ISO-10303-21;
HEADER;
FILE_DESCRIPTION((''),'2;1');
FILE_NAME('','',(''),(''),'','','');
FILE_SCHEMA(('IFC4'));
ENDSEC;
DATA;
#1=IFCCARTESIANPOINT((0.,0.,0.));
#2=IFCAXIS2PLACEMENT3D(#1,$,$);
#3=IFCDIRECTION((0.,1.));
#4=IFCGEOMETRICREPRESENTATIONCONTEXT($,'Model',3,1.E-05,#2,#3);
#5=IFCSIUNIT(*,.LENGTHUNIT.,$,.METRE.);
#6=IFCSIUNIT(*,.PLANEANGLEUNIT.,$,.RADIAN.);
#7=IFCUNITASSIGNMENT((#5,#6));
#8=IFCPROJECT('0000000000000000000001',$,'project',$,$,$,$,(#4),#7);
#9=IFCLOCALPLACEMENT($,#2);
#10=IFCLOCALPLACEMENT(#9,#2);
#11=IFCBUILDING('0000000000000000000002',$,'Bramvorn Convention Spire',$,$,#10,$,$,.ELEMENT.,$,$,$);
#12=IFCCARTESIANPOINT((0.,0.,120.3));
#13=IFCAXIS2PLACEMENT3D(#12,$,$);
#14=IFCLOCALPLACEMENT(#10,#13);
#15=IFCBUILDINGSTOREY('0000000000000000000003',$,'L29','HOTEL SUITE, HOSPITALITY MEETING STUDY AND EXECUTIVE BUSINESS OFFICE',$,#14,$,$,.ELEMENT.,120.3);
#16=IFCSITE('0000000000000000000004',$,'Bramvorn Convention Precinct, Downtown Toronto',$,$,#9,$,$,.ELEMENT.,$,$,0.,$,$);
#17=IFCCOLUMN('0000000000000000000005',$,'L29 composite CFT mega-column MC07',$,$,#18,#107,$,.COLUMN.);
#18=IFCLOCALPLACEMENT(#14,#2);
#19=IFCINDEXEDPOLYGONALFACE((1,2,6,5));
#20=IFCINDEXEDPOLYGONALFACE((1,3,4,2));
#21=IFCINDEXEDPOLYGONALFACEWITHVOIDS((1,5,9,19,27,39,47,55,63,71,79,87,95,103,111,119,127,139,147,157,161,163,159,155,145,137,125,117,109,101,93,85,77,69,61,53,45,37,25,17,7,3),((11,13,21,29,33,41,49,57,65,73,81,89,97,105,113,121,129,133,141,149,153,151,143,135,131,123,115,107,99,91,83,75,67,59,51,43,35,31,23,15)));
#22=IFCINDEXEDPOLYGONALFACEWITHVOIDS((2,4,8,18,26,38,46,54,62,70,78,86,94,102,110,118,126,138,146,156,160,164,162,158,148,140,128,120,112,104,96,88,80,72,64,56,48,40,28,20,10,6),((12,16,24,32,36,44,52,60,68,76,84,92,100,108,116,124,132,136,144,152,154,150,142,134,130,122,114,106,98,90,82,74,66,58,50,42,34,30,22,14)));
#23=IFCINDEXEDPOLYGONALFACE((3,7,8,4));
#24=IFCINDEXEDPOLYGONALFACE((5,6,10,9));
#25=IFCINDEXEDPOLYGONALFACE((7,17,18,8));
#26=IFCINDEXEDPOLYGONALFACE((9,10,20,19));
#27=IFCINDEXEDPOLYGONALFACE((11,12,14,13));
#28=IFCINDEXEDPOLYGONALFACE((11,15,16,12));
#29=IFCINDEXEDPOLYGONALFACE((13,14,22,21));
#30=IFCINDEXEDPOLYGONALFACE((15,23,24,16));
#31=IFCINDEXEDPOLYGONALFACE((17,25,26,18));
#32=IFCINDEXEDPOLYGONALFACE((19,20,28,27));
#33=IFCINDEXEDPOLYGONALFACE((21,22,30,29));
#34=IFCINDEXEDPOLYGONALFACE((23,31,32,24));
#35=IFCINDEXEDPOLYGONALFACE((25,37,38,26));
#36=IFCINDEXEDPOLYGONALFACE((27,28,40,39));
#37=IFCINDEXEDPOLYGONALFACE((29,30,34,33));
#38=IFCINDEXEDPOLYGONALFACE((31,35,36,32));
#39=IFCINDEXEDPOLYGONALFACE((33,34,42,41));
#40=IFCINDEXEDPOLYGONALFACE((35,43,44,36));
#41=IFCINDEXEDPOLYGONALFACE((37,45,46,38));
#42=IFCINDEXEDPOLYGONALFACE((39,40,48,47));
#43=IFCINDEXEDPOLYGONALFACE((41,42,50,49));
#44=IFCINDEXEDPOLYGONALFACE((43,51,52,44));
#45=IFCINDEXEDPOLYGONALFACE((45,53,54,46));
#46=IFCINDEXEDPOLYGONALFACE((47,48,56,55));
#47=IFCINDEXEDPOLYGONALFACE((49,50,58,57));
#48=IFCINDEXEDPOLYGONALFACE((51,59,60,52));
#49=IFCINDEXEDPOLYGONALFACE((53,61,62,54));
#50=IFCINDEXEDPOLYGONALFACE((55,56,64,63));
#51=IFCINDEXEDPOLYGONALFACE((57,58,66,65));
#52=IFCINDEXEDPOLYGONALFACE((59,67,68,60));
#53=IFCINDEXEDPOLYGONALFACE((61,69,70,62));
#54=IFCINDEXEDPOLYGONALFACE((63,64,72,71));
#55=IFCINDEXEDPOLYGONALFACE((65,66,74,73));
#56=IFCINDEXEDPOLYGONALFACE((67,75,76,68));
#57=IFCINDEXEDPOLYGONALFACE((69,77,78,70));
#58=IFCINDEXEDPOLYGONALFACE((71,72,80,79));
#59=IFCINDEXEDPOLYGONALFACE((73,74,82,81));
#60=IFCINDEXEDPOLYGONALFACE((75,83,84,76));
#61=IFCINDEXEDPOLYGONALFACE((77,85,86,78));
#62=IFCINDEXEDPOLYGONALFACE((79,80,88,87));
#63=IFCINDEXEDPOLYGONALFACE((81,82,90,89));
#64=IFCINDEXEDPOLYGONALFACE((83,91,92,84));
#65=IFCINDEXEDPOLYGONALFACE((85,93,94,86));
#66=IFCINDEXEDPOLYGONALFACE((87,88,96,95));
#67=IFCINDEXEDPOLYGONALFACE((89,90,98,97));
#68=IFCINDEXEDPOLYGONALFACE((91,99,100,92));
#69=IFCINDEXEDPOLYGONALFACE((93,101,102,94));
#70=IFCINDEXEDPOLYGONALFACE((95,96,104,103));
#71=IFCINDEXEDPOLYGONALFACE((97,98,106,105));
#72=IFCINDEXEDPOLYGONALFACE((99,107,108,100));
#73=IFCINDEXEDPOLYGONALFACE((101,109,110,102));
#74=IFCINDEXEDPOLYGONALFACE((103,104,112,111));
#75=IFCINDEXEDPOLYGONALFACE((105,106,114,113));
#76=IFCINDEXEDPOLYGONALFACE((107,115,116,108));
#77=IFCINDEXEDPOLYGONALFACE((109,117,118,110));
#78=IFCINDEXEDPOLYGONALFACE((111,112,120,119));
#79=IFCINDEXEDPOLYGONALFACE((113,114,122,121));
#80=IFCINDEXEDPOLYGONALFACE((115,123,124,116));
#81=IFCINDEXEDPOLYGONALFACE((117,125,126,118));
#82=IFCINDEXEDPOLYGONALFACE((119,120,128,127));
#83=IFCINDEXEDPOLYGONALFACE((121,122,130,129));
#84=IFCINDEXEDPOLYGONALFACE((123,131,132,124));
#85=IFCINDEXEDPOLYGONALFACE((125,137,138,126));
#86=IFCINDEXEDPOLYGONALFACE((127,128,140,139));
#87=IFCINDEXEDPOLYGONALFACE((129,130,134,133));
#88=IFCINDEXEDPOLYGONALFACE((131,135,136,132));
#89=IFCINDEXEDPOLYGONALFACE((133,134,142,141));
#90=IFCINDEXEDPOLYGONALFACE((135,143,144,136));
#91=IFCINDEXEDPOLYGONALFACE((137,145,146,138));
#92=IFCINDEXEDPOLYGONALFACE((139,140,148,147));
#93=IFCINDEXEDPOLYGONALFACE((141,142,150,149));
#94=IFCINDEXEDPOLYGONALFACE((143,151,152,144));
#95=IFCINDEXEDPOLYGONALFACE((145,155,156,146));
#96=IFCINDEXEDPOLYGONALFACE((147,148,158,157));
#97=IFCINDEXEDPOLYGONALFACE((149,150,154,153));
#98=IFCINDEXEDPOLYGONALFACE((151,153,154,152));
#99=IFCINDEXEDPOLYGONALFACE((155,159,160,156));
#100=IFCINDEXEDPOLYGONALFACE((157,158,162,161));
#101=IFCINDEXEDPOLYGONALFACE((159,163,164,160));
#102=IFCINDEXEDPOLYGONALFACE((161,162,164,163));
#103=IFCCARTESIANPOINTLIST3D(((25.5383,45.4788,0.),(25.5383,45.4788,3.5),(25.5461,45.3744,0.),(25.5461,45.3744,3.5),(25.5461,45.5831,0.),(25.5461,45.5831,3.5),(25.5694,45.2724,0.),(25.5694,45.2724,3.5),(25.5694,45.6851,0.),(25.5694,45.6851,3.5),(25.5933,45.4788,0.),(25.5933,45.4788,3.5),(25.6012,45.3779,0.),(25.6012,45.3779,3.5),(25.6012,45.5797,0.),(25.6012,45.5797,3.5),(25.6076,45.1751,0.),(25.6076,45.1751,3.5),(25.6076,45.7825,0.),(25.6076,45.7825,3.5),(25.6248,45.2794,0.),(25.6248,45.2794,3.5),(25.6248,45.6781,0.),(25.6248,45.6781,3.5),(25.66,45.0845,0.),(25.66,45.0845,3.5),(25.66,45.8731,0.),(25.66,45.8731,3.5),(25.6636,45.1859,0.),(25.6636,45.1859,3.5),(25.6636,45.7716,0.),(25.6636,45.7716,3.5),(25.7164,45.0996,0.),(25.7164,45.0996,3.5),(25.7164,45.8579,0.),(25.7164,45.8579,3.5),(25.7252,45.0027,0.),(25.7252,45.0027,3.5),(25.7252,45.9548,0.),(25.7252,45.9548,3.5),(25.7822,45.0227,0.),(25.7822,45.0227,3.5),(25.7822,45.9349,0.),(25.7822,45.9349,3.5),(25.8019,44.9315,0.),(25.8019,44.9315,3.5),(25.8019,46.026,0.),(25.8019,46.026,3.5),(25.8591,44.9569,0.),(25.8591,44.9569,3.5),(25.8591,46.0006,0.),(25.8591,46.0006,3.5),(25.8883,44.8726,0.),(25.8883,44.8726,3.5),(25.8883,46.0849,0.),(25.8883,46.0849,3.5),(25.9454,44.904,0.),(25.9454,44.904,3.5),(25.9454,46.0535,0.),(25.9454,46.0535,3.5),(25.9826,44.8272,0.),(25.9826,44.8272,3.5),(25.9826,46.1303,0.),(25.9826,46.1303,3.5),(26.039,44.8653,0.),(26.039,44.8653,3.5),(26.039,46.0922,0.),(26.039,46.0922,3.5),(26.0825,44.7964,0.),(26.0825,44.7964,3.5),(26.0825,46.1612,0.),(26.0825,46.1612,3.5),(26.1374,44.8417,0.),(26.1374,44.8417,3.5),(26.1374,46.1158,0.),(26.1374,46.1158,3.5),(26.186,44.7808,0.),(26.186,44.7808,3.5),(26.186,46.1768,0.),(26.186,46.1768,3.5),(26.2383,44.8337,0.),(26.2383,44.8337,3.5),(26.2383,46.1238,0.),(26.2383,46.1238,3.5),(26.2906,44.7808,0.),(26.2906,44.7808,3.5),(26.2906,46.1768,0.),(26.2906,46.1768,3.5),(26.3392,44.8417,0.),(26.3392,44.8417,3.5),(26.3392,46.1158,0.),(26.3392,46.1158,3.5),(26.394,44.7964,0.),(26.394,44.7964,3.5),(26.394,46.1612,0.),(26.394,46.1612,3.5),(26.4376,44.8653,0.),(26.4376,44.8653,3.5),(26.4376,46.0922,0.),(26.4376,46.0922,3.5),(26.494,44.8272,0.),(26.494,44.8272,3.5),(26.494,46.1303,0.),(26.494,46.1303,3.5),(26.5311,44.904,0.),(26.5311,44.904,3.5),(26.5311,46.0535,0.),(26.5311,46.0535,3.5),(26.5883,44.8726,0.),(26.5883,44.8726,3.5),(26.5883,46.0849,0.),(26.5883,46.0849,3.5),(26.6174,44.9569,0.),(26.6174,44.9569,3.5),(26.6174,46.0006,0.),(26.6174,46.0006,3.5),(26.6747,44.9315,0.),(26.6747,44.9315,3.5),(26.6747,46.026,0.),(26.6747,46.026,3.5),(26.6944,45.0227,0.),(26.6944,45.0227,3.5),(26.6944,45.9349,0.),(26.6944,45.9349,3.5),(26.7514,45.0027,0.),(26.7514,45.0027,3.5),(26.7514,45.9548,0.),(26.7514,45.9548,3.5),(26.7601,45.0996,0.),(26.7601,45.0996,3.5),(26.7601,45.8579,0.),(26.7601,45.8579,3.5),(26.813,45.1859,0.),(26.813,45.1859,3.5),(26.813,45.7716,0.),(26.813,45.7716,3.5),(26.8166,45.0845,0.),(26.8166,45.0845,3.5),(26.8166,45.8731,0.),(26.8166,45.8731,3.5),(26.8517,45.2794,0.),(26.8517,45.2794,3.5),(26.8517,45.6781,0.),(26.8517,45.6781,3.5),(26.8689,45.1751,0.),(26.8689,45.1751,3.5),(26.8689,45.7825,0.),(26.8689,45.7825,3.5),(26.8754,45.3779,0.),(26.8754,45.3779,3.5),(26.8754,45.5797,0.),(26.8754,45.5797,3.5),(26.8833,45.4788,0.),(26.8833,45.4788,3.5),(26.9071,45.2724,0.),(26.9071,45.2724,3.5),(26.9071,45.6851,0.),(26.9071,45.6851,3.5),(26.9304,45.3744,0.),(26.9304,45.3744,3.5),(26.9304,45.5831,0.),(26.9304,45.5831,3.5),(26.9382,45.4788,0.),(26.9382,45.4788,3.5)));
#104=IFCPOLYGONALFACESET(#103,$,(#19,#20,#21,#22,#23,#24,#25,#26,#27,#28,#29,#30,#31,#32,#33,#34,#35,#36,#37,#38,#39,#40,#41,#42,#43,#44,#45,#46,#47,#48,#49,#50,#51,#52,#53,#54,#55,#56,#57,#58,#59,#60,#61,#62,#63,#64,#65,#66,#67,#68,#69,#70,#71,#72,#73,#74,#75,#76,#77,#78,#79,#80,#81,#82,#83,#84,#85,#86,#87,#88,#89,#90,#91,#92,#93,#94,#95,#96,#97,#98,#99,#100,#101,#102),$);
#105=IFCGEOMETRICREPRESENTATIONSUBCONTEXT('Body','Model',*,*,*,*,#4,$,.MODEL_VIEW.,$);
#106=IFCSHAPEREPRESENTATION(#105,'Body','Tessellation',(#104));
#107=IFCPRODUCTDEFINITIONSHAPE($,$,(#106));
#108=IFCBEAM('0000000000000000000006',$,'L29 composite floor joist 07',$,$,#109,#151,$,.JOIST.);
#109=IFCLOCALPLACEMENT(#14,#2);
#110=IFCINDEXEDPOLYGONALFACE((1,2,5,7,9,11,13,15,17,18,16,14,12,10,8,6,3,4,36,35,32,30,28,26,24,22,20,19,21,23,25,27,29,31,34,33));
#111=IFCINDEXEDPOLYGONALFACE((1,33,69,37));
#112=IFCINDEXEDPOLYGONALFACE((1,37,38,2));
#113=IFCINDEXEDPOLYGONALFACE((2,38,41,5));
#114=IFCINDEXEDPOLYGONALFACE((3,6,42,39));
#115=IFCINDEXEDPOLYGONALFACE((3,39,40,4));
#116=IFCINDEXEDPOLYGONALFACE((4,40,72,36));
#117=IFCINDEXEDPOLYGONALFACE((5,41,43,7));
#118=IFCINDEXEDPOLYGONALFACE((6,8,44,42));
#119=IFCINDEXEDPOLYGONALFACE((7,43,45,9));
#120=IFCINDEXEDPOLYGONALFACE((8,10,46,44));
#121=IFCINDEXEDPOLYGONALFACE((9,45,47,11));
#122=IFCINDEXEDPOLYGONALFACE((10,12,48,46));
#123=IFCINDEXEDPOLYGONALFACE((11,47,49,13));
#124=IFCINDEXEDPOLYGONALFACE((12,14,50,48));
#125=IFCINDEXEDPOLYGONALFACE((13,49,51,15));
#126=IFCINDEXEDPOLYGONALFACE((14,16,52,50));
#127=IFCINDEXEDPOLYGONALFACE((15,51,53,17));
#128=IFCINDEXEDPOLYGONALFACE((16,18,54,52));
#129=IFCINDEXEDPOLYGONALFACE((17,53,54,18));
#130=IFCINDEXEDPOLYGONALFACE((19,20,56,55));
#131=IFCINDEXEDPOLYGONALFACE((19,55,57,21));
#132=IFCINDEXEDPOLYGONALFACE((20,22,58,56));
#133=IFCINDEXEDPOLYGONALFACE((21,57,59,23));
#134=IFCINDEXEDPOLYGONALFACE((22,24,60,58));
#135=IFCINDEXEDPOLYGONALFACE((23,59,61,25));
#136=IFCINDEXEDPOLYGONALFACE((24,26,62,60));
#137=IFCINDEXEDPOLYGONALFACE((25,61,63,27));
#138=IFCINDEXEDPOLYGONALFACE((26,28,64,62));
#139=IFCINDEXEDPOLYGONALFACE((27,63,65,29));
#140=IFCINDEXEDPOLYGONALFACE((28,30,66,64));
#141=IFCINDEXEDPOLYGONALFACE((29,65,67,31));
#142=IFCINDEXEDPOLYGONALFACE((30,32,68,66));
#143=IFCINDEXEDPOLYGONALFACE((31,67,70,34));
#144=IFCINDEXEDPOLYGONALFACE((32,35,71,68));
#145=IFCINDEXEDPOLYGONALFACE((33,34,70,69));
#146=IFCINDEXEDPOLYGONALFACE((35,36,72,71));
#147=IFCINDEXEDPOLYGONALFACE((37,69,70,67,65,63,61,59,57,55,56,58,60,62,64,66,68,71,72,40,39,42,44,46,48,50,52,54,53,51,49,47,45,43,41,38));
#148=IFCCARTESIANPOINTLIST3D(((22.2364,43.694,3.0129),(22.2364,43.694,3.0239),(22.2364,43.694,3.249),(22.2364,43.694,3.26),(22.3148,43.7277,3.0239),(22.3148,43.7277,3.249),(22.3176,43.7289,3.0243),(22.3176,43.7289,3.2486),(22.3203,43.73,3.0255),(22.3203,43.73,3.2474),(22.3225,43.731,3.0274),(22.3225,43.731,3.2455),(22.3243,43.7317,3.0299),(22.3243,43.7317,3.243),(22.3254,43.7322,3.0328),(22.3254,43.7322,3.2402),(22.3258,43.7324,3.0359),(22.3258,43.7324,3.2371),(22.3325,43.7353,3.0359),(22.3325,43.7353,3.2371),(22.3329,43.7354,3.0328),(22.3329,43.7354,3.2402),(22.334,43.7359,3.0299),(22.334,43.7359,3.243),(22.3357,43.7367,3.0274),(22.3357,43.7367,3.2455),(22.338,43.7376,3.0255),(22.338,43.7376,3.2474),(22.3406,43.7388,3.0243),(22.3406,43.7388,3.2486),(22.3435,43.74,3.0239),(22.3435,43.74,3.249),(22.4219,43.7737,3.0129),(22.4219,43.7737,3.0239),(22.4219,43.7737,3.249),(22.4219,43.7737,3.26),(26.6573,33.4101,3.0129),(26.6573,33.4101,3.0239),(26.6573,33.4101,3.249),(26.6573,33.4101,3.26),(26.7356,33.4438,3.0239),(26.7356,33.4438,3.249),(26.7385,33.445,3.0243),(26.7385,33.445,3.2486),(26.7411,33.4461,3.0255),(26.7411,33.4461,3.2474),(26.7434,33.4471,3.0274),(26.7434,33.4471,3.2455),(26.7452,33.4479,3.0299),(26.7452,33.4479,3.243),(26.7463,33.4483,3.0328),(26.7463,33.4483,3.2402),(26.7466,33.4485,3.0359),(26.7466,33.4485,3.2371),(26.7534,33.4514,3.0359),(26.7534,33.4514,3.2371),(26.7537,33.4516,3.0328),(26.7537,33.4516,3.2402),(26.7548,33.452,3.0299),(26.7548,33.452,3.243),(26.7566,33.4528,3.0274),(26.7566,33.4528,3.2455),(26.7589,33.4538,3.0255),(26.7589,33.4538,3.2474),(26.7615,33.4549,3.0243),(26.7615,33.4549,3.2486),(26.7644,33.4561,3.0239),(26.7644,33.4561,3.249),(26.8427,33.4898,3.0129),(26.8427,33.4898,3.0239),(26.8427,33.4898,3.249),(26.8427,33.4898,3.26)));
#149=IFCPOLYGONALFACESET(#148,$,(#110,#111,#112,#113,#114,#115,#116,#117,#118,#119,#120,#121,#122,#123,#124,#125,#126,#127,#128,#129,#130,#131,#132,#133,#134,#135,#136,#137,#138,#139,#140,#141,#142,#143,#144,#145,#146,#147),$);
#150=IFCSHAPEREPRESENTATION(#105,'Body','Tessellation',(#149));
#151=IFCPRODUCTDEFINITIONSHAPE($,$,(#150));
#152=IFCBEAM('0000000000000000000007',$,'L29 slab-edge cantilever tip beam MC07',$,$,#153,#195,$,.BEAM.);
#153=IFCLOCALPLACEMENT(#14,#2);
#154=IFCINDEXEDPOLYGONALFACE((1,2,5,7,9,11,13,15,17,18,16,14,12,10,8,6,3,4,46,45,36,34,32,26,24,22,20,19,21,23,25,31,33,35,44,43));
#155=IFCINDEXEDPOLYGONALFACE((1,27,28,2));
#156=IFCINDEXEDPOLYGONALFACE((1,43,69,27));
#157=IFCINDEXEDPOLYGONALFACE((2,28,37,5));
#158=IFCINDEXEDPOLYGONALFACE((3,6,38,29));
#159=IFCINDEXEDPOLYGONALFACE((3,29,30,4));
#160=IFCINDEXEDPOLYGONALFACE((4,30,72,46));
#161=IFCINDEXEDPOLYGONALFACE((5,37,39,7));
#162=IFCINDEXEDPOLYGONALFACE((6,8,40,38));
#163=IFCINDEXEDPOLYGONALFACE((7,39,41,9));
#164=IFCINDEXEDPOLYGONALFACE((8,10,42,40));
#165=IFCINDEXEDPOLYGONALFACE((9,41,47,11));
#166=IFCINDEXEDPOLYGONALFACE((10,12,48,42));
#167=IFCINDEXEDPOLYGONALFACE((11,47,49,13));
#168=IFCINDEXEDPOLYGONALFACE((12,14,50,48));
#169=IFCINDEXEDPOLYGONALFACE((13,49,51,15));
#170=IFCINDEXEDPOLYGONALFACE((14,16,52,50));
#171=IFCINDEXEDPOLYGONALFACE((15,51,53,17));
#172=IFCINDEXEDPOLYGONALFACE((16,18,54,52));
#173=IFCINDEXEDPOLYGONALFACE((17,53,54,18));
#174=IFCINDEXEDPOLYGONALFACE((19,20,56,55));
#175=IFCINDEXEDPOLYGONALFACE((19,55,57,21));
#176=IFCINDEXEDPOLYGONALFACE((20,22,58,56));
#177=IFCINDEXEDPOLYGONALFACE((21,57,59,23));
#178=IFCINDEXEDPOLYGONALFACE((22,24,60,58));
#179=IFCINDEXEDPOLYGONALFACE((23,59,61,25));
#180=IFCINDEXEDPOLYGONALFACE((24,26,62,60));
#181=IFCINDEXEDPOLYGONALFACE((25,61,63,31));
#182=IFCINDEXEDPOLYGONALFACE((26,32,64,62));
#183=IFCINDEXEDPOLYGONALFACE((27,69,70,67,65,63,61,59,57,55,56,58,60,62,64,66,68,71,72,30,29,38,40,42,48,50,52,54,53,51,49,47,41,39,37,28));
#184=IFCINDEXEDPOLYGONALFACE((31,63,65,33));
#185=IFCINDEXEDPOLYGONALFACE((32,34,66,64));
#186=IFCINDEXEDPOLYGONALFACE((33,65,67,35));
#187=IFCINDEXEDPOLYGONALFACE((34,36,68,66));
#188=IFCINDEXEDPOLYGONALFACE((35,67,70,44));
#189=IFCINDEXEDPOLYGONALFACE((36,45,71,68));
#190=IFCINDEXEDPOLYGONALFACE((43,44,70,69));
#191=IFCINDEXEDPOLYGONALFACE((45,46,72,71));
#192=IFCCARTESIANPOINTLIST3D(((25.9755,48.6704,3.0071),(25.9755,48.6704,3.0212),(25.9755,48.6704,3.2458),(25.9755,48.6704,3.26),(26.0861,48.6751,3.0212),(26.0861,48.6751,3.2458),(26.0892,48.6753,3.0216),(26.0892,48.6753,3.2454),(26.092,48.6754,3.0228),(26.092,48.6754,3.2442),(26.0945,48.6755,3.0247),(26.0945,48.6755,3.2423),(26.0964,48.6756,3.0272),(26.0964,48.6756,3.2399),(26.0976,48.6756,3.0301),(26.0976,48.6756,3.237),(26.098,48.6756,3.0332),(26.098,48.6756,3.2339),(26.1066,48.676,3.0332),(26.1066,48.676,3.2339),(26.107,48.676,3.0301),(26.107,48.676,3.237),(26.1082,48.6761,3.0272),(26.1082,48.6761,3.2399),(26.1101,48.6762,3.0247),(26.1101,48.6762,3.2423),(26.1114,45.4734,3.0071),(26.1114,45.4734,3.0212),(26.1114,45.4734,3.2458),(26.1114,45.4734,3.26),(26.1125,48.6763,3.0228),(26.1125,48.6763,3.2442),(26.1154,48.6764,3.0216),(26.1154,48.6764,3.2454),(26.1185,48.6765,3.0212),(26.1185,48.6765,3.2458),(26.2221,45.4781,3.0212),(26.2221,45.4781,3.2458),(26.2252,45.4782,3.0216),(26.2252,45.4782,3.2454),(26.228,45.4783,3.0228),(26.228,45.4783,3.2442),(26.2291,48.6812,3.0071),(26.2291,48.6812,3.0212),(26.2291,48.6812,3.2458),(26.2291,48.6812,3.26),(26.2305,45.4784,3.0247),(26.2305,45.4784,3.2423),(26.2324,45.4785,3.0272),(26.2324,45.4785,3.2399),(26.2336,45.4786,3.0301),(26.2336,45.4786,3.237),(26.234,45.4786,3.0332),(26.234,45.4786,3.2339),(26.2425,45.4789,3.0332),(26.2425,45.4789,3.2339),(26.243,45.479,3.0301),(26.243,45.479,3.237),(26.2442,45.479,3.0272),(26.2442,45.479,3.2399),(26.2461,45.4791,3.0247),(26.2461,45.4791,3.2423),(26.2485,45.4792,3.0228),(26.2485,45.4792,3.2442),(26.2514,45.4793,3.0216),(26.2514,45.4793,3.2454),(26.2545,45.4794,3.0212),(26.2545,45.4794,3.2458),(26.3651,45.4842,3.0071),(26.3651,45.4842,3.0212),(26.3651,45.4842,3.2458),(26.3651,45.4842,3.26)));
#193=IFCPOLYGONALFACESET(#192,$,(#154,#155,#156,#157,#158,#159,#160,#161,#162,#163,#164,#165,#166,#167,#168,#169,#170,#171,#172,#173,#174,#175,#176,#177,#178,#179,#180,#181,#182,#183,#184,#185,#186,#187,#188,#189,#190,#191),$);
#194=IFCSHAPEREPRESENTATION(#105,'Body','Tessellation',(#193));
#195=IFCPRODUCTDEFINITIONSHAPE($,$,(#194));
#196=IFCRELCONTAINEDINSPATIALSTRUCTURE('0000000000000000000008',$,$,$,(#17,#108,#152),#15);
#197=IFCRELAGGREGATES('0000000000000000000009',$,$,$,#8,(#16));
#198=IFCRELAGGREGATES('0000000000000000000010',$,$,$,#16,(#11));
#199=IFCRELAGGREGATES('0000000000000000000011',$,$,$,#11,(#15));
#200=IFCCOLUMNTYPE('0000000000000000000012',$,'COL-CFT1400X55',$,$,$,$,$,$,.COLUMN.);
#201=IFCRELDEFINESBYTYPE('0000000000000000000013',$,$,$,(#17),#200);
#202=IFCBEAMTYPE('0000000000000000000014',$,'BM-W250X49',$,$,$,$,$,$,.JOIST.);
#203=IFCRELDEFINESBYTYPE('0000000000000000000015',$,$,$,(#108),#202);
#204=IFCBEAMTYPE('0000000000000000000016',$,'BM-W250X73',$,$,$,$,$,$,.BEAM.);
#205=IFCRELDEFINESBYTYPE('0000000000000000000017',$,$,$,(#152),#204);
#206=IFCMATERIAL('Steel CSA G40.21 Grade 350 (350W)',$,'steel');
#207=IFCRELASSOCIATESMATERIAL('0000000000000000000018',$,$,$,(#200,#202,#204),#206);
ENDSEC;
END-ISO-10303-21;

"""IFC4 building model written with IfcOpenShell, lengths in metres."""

from ifc_helpers import new_model, si_unit, direction, frame, origin, origin_2d, place, context, subcontext, project, spatial, hollow_circle, i_section, extrude, material, material_profile, profile_set, type_object, element, save


model = new_model("IFC4")

# Units and contexts
model_context = context("Model", 3, precision=1e-05, world=origin(), true_north=direction((0.0, 1.0)))
body_context = subcontext(model_context, "Body", "Model", "MODEL_VIEW")
ifc_project = project(units=[si_unit("LENGTHUNIT", "METRE"), si_unit("PLANEANGLEUNIT", "RADIAN")], contexts=[model_context])

# Site, building, storey
site_placement = place(None, origin())
site = spatial("IfcSite", under=ifc_project, at=site_placement, Name="Bramvorn Convention Precinct, Downtown Toronto", CompositionType="ELEMENT", RefElevation=0.0)
building_placement = place(site_placement, origin())
building = spatial("IfcBuilding", under=site, at=building_placement, Name="Bramvorn Convention Spire", CompositionType="ELEMENT")
storey_placement = place(building_placement, frame((0.0, 0.0, 120.3)))
storey = spatial("IfcBuildingStorey", under=building, at=storey_placement, Name="L29", Description="HOTEL SUITE, HOSPITALITY MEETING STUDY AND EXECUTIVE BUSINESS OFFICE", CompositionType="ELEMENT", Elevation=120.3)

# Column
ifc_material_1 = material(Name="Steel CSA G40.21 Grade 350 (350W)", Category="steel")
ifc_material_profile_1 = material_profile(ifc_material_1, hollow_circle(Radius=0.7, WallThickness=0.0549, at=origin_2d()))
ifc_profile_set_1 = profile_set([ifc_material_profile_1], Name="Steel CSA G40.21 Grade 350 (350W) - CFT1400X55")
column_type = type_object("IfcColumnType", Name="COL-CFT1400X55", PredefinedType="COLUMN", material=ifc_profile_set_1)
column_placement = place(storey_placement, frame((26.2383, 45.4788, 0.0), z_axis=(0.0, 0.0, 1.0), x_axis=(1.0, 0.0, 0.0)))
element("IfcColumn", 1, at=column_placement, inside=storey, type_object=column_type, Name="L29 composite CFT mega-column MC07", PredefinedType="COLUMN", context=body_context, shape_type="SweptSolid", body=[
    extrude(hollow_circle(Radius=0.7, WallThickness=0.0549, at=origin_2d()), origin(), (0.0, 0.0, 1.0), 3.5),
])

# Beams
ifc_material_profile_2 = material_profile(ifc_material_1, i_section(OverallWidth=0.2019, OverallDepth=0.2471, WebThickness=0.0073, FlangeThickness=0.011, FilletRadius=0.012, at=origin_2d()))
ifc_profile_set_2 = profile_set([ifc_material_profile_2], Name="Steel CSA G40.21 Grade 350 (350W) - W250X49")
beam_type_1 = type_object("IfcBeamType", Name="BM-W250X49", PredefinedType="JOIST", material=ifc_profile_set_2)
beam_1_placement = place(storey_placement, frame((26.75, 33.45, 3.1365), z_axis=(-0.394938, 0.918708, 0.0), x_axis=(-0.918708, -0.394938, 0.0)))
element("IfcBeam", 2, at=beam_1_placement, inside=storey, type_object=beam_type_1, Name="L29 composite floor joist 07", PredefinedType="JOIST", context=body_context, shape_type="SweptSolid", body=[
    extrude(i_section(OverallWidth=0.2019, OverallDepth=0.2471, WebThickness=0.0073, FlangeThickness=0.011, FilletRadius=0.012, at=origin_2d()), origin(), (0.0, 0.0, 1.0), 11.1938),
])
ifc_material_profile_3 = material_profile(ifc_material_1, i_section(OverallWidth=0.2539, OverallDepth=0.2529, WebThickness=0.0085, FlangeThickness=0.0142, FilletRadius=0.012, at=origin_2d()))
ifc_profile_set_3 = profile_set([ifc_material_profile_3], Name="Steel CSA G40.21 Grade 350 (350W) - W250X73")
beam_type_2 = type_object("IfcBeamType", Name="BM-W250X73", PredefinedType="BEAM", material=ifc_profile_set_3)
beam_2_placement = place(storey_placement, frame((26.2383, 45.4788, 3.1335), z_axis=(-0.042497, 0.999097, 0.0), x_axis=(-0.999097, -0.042497, 0.0)))
element("IfcBeam", 3, at=beam_2_placement, inside=storey, type_object=beam_type_2, Name="L29 slab-edge cantilever tip beam MC07", PredefinedType="BEAM", context=body_context, shape_type="SweptSolid", body=[
    extrude(i_section(OverallWidth=0.2539, OverallDepth=0.2529, WebThickness=0.0085, FlangeThickness=0.0142, FilletRadius=0.012, at=origin_2d()), origin(), (0.0, 0.0, 1.0), 3.2),
])

save(model, "model.ifc")
